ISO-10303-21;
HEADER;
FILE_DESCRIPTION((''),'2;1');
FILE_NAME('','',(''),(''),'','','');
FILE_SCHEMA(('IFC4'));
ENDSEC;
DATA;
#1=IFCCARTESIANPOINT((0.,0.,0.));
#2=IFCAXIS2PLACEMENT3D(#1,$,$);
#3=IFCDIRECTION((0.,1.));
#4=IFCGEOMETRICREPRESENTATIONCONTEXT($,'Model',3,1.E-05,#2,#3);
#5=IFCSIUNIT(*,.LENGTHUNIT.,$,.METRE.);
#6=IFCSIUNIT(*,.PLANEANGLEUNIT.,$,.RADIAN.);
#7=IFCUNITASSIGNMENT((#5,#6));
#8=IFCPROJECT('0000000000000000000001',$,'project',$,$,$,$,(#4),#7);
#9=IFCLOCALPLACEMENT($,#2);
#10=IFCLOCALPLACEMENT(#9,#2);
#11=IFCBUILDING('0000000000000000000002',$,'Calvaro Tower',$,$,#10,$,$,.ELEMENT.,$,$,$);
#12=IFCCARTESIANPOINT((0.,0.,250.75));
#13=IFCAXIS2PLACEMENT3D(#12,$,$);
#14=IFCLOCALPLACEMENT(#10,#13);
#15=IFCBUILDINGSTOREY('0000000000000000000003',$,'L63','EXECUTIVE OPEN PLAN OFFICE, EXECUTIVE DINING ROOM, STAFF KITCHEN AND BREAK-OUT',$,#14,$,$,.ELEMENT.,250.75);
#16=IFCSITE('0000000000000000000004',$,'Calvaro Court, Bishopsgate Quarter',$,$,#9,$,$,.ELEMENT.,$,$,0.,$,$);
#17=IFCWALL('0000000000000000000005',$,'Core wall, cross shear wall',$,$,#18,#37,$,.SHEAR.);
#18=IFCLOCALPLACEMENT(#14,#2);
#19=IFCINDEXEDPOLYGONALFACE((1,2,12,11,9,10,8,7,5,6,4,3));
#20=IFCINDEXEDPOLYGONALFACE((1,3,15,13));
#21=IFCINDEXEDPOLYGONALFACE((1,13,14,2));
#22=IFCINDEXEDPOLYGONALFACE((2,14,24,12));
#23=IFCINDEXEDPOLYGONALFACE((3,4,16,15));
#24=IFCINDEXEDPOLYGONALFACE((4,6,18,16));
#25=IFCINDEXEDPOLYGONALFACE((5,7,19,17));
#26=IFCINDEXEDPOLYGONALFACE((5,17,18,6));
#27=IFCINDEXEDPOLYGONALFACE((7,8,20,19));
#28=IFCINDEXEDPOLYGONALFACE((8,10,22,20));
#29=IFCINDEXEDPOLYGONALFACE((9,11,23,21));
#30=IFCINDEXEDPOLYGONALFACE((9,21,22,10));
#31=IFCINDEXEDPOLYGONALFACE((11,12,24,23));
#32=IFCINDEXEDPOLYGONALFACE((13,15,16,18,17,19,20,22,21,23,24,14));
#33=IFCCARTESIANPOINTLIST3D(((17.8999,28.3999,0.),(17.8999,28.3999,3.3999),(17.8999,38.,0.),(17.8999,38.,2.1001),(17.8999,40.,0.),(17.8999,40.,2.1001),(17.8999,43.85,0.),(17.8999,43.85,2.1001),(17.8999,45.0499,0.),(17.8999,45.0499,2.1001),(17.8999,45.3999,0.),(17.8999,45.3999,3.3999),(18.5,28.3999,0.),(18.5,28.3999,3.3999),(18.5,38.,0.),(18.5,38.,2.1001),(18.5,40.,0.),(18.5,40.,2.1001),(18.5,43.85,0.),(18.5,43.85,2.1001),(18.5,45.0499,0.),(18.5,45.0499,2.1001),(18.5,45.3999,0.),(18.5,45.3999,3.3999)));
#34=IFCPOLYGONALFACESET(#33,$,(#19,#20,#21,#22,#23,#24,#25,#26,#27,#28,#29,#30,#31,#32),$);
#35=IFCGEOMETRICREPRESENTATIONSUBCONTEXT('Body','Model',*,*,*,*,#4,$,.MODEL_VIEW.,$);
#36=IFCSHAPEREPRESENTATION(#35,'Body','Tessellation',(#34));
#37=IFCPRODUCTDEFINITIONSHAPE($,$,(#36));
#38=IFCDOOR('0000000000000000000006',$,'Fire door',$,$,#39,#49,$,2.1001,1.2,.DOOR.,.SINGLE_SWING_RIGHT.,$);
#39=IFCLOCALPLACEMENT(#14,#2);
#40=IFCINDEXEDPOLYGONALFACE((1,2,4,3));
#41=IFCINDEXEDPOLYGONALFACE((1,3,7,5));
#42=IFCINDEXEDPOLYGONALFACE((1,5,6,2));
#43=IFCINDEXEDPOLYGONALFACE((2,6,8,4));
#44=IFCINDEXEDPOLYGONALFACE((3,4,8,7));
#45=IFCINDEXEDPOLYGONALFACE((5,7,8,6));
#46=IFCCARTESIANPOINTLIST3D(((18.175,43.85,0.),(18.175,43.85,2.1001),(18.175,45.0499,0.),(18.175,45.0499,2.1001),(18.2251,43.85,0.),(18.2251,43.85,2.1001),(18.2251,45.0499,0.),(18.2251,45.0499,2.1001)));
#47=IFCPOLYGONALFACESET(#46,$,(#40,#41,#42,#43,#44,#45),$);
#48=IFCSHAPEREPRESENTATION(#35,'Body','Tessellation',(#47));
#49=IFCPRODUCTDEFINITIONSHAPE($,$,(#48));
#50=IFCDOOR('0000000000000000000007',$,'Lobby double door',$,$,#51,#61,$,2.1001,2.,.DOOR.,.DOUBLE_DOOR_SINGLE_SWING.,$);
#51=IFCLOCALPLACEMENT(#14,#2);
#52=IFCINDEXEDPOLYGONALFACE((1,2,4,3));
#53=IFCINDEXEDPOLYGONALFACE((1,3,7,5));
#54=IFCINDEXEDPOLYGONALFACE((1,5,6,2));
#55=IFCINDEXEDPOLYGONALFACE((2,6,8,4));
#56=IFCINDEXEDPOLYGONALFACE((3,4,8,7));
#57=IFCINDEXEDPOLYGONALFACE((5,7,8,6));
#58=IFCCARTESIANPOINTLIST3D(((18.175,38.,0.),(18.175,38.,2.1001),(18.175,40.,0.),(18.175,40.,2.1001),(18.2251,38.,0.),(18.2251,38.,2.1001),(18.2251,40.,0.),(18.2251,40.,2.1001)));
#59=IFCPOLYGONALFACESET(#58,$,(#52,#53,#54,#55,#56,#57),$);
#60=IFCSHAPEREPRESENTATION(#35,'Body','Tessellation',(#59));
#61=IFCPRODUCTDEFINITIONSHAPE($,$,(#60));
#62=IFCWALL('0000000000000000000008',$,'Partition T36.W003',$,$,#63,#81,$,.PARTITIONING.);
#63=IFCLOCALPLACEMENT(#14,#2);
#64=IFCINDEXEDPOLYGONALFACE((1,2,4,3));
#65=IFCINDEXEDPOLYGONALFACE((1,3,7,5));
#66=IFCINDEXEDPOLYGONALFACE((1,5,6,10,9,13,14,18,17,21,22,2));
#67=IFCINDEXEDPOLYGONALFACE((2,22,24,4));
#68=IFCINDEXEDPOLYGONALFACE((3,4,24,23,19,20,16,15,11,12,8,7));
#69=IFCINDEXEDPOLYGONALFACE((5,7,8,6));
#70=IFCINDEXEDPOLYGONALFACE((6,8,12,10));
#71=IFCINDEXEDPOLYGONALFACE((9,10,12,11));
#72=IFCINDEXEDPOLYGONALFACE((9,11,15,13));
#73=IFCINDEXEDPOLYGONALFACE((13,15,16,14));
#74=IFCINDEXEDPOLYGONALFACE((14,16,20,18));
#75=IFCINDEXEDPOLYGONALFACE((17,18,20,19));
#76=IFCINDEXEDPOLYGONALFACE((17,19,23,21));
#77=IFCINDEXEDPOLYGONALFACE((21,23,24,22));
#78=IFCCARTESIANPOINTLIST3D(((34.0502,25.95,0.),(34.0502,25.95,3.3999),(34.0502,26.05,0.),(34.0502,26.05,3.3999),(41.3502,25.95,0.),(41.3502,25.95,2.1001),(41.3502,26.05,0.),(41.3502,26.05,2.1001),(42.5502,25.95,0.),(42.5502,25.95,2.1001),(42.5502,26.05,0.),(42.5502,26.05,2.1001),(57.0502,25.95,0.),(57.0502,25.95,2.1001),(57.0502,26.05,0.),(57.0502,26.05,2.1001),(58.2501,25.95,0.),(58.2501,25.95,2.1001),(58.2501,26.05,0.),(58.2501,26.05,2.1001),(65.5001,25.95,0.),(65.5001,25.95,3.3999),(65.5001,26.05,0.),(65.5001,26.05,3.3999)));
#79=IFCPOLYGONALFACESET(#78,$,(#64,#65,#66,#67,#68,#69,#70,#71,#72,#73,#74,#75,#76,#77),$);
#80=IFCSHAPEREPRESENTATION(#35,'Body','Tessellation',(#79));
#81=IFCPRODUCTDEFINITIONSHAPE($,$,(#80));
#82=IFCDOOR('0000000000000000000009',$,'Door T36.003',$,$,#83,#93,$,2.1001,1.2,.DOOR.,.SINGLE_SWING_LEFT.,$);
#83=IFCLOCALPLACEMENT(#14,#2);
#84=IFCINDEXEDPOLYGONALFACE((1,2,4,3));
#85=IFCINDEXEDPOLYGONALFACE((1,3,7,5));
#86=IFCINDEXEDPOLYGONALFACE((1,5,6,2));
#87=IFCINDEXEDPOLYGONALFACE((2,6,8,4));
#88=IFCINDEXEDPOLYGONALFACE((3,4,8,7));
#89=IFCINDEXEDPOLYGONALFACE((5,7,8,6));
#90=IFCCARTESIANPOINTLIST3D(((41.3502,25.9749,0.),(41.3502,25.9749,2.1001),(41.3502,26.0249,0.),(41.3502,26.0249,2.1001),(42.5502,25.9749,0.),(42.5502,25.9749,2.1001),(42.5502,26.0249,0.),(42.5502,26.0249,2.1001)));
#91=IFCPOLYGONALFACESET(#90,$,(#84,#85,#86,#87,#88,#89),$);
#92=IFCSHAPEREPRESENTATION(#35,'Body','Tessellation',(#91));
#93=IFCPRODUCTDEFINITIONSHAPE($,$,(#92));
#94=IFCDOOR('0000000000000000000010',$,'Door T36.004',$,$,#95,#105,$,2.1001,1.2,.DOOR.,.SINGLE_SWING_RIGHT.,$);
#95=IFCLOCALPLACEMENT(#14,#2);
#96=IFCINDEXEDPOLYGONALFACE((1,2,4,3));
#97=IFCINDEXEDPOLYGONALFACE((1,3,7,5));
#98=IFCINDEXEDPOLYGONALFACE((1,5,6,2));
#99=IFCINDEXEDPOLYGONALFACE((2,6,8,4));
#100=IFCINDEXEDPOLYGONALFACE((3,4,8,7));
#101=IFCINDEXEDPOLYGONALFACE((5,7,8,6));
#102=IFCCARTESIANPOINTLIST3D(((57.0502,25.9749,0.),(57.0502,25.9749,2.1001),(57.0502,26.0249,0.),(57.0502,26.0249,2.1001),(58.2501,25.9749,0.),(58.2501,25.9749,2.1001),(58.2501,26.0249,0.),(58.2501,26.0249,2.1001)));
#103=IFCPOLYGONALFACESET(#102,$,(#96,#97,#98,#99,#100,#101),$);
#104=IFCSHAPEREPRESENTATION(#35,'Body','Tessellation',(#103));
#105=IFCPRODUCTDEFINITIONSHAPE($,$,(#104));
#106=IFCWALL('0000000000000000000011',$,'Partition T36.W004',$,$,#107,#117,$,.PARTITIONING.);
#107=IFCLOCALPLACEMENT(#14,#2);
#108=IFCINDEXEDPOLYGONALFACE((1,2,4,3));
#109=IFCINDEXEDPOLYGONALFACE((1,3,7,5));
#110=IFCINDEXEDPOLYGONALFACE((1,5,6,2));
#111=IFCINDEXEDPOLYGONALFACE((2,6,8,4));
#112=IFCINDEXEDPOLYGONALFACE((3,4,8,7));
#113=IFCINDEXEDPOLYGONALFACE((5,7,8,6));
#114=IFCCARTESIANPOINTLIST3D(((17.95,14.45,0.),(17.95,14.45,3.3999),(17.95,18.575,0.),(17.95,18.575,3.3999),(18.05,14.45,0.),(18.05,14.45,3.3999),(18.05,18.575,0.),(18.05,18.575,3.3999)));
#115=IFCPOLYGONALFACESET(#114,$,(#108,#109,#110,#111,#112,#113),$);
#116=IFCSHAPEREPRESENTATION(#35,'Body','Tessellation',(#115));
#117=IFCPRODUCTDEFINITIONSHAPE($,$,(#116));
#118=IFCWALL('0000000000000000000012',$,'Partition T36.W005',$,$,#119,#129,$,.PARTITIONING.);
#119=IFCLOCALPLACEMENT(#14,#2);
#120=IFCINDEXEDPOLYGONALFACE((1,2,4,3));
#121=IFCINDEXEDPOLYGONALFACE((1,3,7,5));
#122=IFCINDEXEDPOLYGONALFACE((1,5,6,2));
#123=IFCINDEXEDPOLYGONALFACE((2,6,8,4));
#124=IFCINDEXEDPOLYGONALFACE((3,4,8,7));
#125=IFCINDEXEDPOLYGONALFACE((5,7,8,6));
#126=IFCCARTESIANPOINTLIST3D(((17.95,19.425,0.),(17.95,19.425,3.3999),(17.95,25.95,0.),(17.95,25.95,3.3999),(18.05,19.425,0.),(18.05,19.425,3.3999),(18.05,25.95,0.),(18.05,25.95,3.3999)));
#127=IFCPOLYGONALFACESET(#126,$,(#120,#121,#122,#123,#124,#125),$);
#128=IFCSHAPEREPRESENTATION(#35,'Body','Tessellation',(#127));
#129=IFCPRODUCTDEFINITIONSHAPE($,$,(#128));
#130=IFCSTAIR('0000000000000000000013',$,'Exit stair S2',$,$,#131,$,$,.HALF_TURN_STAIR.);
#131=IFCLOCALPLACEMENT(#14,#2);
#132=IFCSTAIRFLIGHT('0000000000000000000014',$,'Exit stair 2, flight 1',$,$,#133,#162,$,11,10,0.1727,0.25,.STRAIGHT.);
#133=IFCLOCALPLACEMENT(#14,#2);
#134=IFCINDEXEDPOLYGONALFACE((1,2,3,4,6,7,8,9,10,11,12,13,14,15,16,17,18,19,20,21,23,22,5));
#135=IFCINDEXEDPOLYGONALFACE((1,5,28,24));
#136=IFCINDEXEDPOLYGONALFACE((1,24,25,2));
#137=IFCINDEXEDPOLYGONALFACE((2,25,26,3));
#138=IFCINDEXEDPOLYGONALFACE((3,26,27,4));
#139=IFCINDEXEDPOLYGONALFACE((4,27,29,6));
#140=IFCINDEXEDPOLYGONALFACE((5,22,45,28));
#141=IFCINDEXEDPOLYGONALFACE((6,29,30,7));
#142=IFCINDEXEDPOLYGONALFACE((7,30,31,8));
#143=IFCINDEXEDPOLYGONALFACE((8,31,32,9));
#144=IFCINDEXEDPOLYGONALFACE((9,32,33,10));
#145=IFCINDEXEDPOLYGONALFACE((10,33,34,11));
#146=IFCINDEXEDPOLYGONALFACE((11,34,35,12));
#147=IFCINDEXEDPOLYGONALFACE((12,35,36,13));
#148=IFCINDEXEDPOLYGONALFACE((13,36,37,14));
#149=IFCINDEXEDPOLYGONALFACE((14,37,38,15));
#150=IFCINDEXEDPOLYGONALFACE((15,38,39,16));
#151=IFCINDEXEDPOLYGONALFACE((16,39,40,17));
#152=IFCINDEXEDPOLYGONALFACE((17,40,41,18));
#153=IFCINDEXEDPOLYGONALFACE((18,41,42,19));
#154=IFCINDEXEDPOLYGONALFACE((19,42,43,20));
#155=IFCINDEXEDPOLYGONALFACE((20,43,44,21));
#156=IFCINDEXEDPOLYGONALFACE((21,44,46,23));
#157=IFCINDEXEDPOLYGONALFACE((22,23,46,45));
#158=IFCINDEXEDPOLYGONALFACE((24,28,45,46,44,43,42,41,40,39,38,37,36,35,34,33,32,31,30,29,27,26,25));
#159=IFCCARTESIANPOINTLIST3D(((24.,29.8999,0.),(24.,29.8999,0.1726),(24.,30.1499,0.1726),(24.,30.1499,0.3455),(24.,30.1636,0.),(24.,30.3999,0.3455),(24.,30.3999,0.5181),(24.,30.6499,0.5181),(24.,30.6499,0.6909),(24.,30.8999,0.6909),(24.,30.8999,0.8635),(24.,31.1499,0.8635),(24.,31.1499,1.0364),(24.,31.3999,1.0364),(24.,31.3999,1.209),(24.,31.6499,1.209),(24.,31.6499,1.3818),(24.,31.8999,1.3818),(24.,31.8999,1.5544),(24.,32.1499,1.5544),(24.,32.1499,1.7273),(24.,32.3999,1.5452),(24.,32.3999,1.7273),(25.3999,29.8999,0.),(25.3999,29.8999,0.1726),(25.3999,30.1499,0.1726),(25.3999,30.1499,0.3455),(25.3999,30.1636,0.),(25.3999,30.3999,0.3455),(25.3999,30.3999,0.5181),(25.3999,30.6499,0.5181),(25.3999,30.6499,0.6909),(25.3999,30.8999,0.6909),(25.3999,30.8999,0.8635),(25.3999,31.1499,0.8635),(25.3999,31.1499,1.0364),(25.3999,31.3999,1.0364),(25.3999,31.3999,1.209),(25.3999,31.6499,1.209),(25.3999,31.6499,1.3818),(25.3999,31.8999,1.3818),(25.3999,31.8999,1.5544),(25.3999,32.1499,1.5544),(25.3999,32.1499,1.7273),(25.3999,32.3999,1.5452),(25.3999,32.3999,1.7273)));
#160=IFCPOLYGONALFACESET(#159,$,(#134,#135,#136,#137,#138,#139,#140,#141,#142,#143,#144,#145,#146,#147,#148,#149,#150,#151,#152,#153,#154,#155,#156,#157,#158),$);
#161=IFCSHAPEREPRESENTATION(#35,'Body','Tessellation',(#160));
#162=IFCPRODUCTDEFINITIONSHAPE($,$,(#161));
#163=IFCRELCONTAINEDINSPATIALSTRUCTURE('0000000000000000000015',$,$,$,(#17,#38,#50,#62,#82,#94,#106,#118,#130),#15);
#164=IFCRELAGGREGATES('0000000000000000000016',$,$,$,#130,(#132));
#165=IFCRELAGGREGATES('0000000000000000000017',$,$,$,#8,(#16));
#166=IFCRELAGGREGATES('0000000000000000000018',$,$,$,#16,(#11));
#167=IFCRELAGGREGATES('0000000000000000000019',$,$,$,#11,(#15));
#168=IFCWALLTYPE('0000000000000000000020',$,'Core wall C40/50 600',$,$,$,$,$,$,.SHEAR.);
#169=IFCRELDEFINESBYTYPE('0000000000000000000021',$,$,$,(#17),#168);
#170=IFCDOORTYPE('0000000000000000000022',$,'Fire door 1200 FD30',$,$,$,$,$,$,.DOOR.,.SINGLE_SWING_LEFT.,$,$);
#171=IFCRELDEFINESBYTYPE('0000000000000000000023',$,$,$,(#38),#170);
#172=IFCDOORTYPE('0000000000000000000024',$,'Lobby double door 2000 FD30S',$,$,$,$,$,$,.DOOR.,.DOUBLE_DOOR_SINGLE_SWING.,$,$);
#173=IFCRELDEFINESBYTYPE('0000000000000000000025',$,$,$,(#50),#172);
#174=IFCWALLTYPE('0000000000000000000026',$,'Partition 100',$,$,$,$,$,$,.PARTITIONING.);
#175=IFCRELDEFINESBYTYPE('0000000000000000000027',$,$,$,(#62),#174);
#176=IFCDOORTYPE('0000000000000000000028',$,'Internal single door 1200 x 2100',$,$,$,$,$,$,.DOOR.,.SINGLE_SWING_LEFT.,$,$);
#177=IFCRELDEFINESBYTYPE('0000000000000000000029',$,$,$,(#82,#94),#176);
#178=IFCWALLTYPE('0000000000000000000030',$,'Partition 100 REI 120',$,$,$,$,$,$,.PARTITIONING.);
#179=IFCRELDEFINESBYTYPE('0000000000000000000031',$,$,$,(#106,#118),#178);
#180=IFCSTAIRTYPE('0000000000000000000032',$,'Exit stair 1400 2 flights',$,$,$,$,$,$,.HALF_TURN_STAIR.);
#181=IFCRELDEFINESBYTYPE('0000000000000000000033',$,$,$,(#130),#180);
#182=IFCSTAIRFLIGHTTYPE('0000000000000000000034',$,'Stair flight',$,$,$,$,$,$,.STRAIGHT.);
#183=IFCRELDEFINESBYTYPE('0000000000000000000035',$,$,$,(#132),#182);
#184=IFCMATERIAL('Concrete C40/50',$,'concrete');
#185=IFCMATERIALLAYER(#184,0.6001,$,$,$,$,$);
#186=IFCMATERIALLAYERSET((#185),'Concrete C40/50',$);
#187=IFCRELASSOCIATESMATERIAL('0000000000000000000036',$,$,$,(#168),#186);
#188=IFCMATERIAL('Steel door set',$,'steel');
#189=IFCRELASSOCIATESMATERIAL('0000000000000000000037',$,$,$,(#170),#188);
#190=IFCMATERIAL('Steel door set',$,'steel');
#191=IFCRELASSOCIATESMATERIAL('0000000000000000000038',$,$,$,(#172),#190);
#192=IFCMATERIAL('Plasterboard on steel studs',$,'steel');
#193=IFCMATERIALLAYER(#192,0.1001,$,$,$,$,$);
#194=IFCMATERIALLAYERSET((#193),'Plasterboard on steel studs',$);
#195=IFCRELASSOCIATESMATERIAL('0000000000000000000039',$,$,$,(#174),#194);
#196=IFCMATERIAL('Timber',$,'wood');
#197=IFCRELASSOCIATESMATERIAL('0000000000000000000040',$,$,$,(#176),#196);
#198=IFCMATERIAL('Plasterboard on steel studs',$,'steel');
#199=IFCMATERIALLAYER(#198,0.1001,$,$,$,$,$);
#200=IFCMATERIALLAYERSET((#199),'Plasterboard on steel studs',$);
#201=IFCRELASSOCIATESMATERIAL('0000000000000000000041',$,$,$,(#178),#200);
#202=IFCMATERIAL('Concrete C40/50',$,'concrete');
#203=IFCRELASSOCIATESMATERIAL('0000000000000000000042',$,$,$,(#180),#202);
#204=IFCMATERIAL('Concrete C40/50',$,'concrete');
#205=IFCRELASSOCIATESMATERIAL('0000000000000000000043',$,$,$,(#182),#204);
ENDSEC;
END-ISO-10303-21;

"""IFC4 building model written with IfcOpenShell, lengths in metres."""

from ifc_helpers import new_model, si_unit, direction, frame, frame_2d, origin, place, context, subcontext, project, spatial, polyline, rectangle, outline, extrude, material, layer, layer_set, type_object, element, fill, aggregate, save


model = new_model("IFC4")

# Units and contexts
model_context = context("Model", 3, precision=1e-05, world=origin(), true_north=direction((0.0, 1.0)))
body_context = subcontext(model_context, "Body", "Model", "MODEL_VIEW")
ifc_project = project(units=[si_unit("LENGTHUNIT", "METRE"), si_unit("PLANEANGLEUNIT", "RADIAN")], contexts=[model_context])

# Site, building, storey
site_placement = place(None, origin())
site = spatial("IfcSite", under=ifc_project, at=site_placement, Name="Calvaro Court, Bishopsgate Quarter", CompositionType="ELEMENT", RefElevation=0.0)
building_placement = place(site_placement, origin())
building = spatial("IfcBuilding", under=site, at=building_placement, Name="Calvaro Tower", CompositionType="ELEMENT")
storey_placement = place(building_placement, frame((0.0, 0.0, 250.75)))
storey = spatial("IfcBuildingStorey", under=building, at=storey_placement, Name="L63", Description="EXECUTIVE OPEN PLAN OFFICE, EXECUTIVE DINING ROOM, STAFF KITCHEN AND BREAK-OUT", CompositionType="ELEMENT", Elevation=250.75)

# Walls, openings, doors
ifc_material_1 = material(Name="Concrete C40/50", Category="concrete")
ifc_layer_1 = layer(ifc_material_1, 0.6001)
ifc_layer_set_1 = layer_set([ifc_layer_1], Name="Concrete C40/50")
wall_type_1 = type_object("IfcWallType", Name="Core wall C40/50 600", PredefinedType="SHEAR", material=ifc_layer_set_1)
wall_1_placement = place(storey_placement, frame((18.2, 28.3999, 0.0), z_axis=(0.0, 0.0, 1.0), x_axis=(0.0, 1.0, 0.0)))
wall_1 = element("IfcWall", 1, at=wall_1_placement, inside=storey, type_object=wall_type_1, Name="Core wall, cross shear wall", PredefinedType="SHEAR", context=body_context, shape_type="SweptSolid", body=[
    extrude(rectangle(XDim=17.0, YDim=0.6001, at=frame_2d((8.5, 0.0))), origin(), (0.0, 0.0, 1.0), 3.3999),
])
opening_1_placement = place(wall_1_placement, frame((9.6001, 0.0, 0.0)))
opening_1 = element("IfcOpeningElement", 2, at=opening_1_placement, cuts=wall_1, PredefinedType="OPENING", context=body_context, shape_type="SweptSolid", body=[
    extrude(rectangle(XDim=2.0, YDim=2.1001, at=frame_2d((1.0, 1.05))), frame((0.0, 0.3101, 0.0), z_axis=(0.0, -1.0, 0.0), x_axis=(1.0, 0.0, 0.0)), (0.0, 0.0, 1.0), 0.6201),
])
opening_2_placement = place(wall_1_placement, frame((15.45, 0.0, 0.0)))
opening_2 = element("IfcOpeningElement", 3, at=opening_2_placement, cuts=wall_1, PredefinedType="OPENING", context=body_context, shape_type="SweptSolid", body=[
    extrude(rectangle(XDim=1.2, YDim=2.1001, at=frame_2d((0.6001, 1.05))), frame((0.0, 0.3101, 0.0), z_axis=(0.0, -1.0, 0.0), x_axis=(1.0, 0.0, 0.0)), (0.0, 0.0, 1.0), 0.6201),
])
ifc_material_2 = material(Name="Steel door set", Category="steel")
door_type_1 = type_object("IfcDoorType", Name="Fire door 1200 FD30", OperationType="SINGLE_SWING_LEFT", PredefinedType="DOOR", material=ifc_material_2)
door_1_placement = place(opening_2_placement, origin())
door_1 = element("IfcDoor", 4, at=door_1_placement, inside=storey, type_object=door_type_1, Name="Fire door", OperationType="SINGLE_SWING_RIGHT", OverallHeight=2.1001, OverallWidth=1.2, PredefinedType="DOOR", context=body_context, shape_type="SweptSolid", body=[
    extrude(rectangle(XDim=1.2, YDim=2.1001, at=frame_2d((0.6001, 1.05))), frame((0.0, 0.0249, 0.0), z_axis=(0.0, -1.0, 0.0), x_axis=(1.0, 0.0, 0.0)), (0.0, 0.0, 1.0), 0.05),
])
fill(opening_2, door_1)
ifc_material_3 = material(Name="Steel door set", Category="steel")
door_type_2 = type_object("IfcDoorType", Name="Lobby double door 2000 FD30S", OperationType="DOUBLE_DOOR_SINGLE_SWING", PredefinedType="DOOR", material=ifc_material_3)
door_2_placement = place(opening_1_placement, origin())
door_2 = element("IfcDoor", 5, at=door_2_placement, inside=storey, type_object=door_type_2, Name="Lobby double door", OperationType="DOUBLE_DOOR_SINGLE_SWING", OverallHeight=2.1001, OverallWidth=2.0, PredefinedType="DOOR", context=body_context, shape_type="SweptSolid", body=[
    extrude(rectangle(XDim=2.0, YDim=2.1001, at=frame_2d((1.0, 1.05))), frame((0.0, 0.0249, 0.0), z_axis=(0.0, -1.0, 0.0), x_axis=(1.0, 0.0, 0.0)), (0.0, 0.0, 1.0), 0.05),
])
fill(opening_1, door_2)
ifc_material_4 = material(Name="Plasterboard on steel studs", Category="steel")
ifc_layer_2 = layer(ifc_material_4, 0.1001)
ifc_layer_set_2 = layer_set([ifc_layer_2], Name="Plasterboard on steel studs")
wall_type_2 = type_object("IfcWallType", Name="Partition 100", PredefinedType="PARTITIONING", material=ifc_layer_set_2)
wall_2_placement = place(storey_placement, frame((34.05, 26.0, 0.0), z_axis=(0.0, 0.0, 1.0), x_axis=(1.0, 0.0, 0.0)))
wall_2 = element("IfcWall", 6, at=wall_2_placement, inside=storey, type_object=wall_type_2, Name="Partition T36.W003", PredefinedType="PARTITIONING", context=body_context, shape_type="SweptSolid", body=[
    extrude(rectangle(XDim=31.45, YDim=0.1001, at=frame_2d((15.7251, 0.0))), origin(), (0.0, 0.0, 1.0), 3.3999),
])
opening_3_placement = place(wall_2_placement, frame((7.3, 0.0, 0.0)))
opening_3 = element("IfcOpeningElement", 7, at=opening_3_placement, cuts=wall_2, PredefinedType="OPENING", context=body_context, shape_type="SweptSolid", body=[
    extrude(rectangle(XDim=1.2, YDim=2.1001, at=frame_2d((0.6001, 1.05))), frame((0.0, 0.0601, 0.0), z_axis=(0.0, -1.0, 0.0), x_axis=(1.0, 0.0, 0.0)), (0.0, 0.0, 1.0), 0.1201),
])
opening_4_placement = place(wall_2_placement, frame((23.0, 0.0, 0.0)))
opening_4 = element("IfcOpeningElement", 8, at=opening_4_placement, cuts=wall_2, PredefinedType="OPENING", context=body_context, shape_type="SweptSolid", body=[
    extrude(rectangle(XDim=1.2, YDim=2.1001, at=frame_2d((0.6001, 1.05))), frame((0.0, 0.0601, 0.0), z_axis=(0.0, -1.0, 0.0), x_axis=(1.0, 0.0, 0.0)), (0.0, 0.0, 1.0), 0.1201),
])
ifc_material_5 = material(Name="Timber", Category="wood")
door_type_3 = type_object("IfcDoorType", Name="Internal single door 1200 x 2100", OperationType="SINGLE_SWING_LEFT", PredefinedType="DOOR", material=ifc_material_5)
door_3_placement = place(opening_3_placement, origin())
door_3 = element("IfcDoor", 9, at=door_3_placement, inside=storey, type_object=door_type_3, Name="Door T36.003", OperationType="SINGLE_SWING_LEFT", OverallHeight=2.1001, OverallWidth=1.2, PredefinedType="DOOR", context=body_context, shape_type="SweptSolid", body=[
    extrude(rectangle(XDim=1.2, YDim=2.1001, at=frame_2d((0.6001, 1.05))), frame((0.0, 0.0249, 0.0), z_axis=(0.0, -1.0, 0.0), x_axis=(1.0, 0.0, 0.0)), (0.0, 0.0, 1.0), 0.05),
])
fill(opening_3, door_3)
door_4_placement = place(opening_4_placement, origin())
door_4 = element("IfcDoor", 10, at=door_4_placement, inside=storey, type_object=door_type_3, Name="Door T36.004", OperationType="SINGLE_SWING_RIGHT", OverallHeight=2.1001, OverallWidth=1.2, PredefinedType="DOOR", context=body_context, shape_type="SweptSolid", body=[
    extrude(rectangle(XDim=1.2, YDim=2.1001, at=frame_2d((0.6001, 1.05))), frame((0.0, 0.0249, 0.0), z_axis=(0.0, -1.0, 0.0), x_axis=(1.0, 0.0, 0.0)), (0.0, 0.0, 1.0), 0.05),
])
fill(opening_4, door_4)

# Walls
ifc_material_6 = material(Name="Plasterboard on steel studs", Category="steel")
ifc_layer_3 = layer(ifc_material_6, 0.1001)
ifc_layer_set_3 = layer_set([ifc_layer_3], Name="Plasterboard on steel studs")
wall_type_3 = type_object("IfcWallType", Name="Partition 100 REI 120", PredefinedType="PARTITIONING", material=ifc_layer_set_3)
wall_3_placement = place(storey_placement, frame((18.0, 14.45, 0.0), z_axis=(0.0, 0.0, 1.0), x_axis=(0.0, 1.0, 0.0)))
element("IfcWall", 11, at=wall_3_placement, inside=storey, type_object=wall_type_3, Name="Partition T36.W004", PredefinedType="PARTITIONING", context=body_context, shape_type="SweptSolid", body=[
    extrude(rectangle(XDim=4.125, YDim=0.1001, at=frame_2d((2.0625, 0.0))), origin(), (0.0, 0.0, 1.0), 3.3999),
])
wall_4_placement = place(storey_placement, frame((18.0, 19.425, 0.0), z_axis=(0.0, 0.0, 1.0), x_axis=(0.0, 1.0, 0.0)))
element("IfcWall", 12, at=wall_4_placement, inside=storey, type_object=wall_type_3, Name="Partition T36.W005", PredefinedType="PARTITIONING", context=body_context, shape_type="SweptSolid", body=[
    extrude(rectangle(XDim=6.5249, YDim=0.1001, at=frame_2d((3.2625, 0.0))), origin(), (0.0, 0.0, 1.0), 3.3999),
])

# Stair, stair flight
ifc_material_7 = material(Name="Concrete C40/50", Category="concrete")
stair_type = type_object("IfcStairType", Name="Exit stair 1400 2 flights", PredefinedType="HALF_TURN_STAIR", material=ifc_material_7)
stair_placement = place(storey_placement, origin())
stair = element("IfcStair", 13, at=stair_placement, inside=storey, type_object=stair_type, Name="Exit stair S2", PredefinedType="HALF_TURN_STAIR")
ifc_material_8 = material(Name="Concrete C40/50", Category="concrete")
stair_flight_type = type_object("IfcStairFlightType", Name="Stair flight", PredefinedType="STRAIGHT", material=ifc_material_8)
stair_flight_placement = place(storey_placement, frame((24.7, 29.8999, 0.0), z_axis=(0.0, 0.0, 1.0), x_axis=(0.0, 1.0, 0.0)))
stair_flight = element("IfcStairFlight", 14, at=stair_flight_placement, type_object=stair_flight_type, Name="Exit stair 2, flight 1", NumberOfRisers=11, NumberOfTreads=10, PredefinedType="STRAIGHT", RiserHeight=0.1727, TreadLength=0.25, context=body_context, shape_type="SweptSolid", body=[
    extrude(outline(polyline([(0.0, 0.0), (0.0, 0.1726), (0.25, 0.1726), (0.25, 0.3455), (0.5, 0.3455), (0.5, 0.5181), (0.75, 0.5181), (0.75, 0.6909), (1.0, 0.6909), (1.0, 0.8635), (1.25, 0.8635), (1.25, 1.0364), (1.5, 1.0364), (1.5, 1.209), (1.75, 1.209), (1.75, 1.3818), (2.0, 1.3818), (2.0, 1.5544), (2.25, 1.5544), (2.25, 1.7273), (2.5, 1.7273), (2.5, 1.8999), (2.5, 1.5452), (0.2637, 0.0), (0.0, 0.0)])), frame((0.0, 0.7, 0.0), z_axis=(0.0, -1.0, 0.0), x_axis=(1.0, 0.0, 0.0)), (0.0, 0.0, 1.0), 1.3999),
])
aggregate(stair, [stair_flight])

save(model, "model.ifc")
